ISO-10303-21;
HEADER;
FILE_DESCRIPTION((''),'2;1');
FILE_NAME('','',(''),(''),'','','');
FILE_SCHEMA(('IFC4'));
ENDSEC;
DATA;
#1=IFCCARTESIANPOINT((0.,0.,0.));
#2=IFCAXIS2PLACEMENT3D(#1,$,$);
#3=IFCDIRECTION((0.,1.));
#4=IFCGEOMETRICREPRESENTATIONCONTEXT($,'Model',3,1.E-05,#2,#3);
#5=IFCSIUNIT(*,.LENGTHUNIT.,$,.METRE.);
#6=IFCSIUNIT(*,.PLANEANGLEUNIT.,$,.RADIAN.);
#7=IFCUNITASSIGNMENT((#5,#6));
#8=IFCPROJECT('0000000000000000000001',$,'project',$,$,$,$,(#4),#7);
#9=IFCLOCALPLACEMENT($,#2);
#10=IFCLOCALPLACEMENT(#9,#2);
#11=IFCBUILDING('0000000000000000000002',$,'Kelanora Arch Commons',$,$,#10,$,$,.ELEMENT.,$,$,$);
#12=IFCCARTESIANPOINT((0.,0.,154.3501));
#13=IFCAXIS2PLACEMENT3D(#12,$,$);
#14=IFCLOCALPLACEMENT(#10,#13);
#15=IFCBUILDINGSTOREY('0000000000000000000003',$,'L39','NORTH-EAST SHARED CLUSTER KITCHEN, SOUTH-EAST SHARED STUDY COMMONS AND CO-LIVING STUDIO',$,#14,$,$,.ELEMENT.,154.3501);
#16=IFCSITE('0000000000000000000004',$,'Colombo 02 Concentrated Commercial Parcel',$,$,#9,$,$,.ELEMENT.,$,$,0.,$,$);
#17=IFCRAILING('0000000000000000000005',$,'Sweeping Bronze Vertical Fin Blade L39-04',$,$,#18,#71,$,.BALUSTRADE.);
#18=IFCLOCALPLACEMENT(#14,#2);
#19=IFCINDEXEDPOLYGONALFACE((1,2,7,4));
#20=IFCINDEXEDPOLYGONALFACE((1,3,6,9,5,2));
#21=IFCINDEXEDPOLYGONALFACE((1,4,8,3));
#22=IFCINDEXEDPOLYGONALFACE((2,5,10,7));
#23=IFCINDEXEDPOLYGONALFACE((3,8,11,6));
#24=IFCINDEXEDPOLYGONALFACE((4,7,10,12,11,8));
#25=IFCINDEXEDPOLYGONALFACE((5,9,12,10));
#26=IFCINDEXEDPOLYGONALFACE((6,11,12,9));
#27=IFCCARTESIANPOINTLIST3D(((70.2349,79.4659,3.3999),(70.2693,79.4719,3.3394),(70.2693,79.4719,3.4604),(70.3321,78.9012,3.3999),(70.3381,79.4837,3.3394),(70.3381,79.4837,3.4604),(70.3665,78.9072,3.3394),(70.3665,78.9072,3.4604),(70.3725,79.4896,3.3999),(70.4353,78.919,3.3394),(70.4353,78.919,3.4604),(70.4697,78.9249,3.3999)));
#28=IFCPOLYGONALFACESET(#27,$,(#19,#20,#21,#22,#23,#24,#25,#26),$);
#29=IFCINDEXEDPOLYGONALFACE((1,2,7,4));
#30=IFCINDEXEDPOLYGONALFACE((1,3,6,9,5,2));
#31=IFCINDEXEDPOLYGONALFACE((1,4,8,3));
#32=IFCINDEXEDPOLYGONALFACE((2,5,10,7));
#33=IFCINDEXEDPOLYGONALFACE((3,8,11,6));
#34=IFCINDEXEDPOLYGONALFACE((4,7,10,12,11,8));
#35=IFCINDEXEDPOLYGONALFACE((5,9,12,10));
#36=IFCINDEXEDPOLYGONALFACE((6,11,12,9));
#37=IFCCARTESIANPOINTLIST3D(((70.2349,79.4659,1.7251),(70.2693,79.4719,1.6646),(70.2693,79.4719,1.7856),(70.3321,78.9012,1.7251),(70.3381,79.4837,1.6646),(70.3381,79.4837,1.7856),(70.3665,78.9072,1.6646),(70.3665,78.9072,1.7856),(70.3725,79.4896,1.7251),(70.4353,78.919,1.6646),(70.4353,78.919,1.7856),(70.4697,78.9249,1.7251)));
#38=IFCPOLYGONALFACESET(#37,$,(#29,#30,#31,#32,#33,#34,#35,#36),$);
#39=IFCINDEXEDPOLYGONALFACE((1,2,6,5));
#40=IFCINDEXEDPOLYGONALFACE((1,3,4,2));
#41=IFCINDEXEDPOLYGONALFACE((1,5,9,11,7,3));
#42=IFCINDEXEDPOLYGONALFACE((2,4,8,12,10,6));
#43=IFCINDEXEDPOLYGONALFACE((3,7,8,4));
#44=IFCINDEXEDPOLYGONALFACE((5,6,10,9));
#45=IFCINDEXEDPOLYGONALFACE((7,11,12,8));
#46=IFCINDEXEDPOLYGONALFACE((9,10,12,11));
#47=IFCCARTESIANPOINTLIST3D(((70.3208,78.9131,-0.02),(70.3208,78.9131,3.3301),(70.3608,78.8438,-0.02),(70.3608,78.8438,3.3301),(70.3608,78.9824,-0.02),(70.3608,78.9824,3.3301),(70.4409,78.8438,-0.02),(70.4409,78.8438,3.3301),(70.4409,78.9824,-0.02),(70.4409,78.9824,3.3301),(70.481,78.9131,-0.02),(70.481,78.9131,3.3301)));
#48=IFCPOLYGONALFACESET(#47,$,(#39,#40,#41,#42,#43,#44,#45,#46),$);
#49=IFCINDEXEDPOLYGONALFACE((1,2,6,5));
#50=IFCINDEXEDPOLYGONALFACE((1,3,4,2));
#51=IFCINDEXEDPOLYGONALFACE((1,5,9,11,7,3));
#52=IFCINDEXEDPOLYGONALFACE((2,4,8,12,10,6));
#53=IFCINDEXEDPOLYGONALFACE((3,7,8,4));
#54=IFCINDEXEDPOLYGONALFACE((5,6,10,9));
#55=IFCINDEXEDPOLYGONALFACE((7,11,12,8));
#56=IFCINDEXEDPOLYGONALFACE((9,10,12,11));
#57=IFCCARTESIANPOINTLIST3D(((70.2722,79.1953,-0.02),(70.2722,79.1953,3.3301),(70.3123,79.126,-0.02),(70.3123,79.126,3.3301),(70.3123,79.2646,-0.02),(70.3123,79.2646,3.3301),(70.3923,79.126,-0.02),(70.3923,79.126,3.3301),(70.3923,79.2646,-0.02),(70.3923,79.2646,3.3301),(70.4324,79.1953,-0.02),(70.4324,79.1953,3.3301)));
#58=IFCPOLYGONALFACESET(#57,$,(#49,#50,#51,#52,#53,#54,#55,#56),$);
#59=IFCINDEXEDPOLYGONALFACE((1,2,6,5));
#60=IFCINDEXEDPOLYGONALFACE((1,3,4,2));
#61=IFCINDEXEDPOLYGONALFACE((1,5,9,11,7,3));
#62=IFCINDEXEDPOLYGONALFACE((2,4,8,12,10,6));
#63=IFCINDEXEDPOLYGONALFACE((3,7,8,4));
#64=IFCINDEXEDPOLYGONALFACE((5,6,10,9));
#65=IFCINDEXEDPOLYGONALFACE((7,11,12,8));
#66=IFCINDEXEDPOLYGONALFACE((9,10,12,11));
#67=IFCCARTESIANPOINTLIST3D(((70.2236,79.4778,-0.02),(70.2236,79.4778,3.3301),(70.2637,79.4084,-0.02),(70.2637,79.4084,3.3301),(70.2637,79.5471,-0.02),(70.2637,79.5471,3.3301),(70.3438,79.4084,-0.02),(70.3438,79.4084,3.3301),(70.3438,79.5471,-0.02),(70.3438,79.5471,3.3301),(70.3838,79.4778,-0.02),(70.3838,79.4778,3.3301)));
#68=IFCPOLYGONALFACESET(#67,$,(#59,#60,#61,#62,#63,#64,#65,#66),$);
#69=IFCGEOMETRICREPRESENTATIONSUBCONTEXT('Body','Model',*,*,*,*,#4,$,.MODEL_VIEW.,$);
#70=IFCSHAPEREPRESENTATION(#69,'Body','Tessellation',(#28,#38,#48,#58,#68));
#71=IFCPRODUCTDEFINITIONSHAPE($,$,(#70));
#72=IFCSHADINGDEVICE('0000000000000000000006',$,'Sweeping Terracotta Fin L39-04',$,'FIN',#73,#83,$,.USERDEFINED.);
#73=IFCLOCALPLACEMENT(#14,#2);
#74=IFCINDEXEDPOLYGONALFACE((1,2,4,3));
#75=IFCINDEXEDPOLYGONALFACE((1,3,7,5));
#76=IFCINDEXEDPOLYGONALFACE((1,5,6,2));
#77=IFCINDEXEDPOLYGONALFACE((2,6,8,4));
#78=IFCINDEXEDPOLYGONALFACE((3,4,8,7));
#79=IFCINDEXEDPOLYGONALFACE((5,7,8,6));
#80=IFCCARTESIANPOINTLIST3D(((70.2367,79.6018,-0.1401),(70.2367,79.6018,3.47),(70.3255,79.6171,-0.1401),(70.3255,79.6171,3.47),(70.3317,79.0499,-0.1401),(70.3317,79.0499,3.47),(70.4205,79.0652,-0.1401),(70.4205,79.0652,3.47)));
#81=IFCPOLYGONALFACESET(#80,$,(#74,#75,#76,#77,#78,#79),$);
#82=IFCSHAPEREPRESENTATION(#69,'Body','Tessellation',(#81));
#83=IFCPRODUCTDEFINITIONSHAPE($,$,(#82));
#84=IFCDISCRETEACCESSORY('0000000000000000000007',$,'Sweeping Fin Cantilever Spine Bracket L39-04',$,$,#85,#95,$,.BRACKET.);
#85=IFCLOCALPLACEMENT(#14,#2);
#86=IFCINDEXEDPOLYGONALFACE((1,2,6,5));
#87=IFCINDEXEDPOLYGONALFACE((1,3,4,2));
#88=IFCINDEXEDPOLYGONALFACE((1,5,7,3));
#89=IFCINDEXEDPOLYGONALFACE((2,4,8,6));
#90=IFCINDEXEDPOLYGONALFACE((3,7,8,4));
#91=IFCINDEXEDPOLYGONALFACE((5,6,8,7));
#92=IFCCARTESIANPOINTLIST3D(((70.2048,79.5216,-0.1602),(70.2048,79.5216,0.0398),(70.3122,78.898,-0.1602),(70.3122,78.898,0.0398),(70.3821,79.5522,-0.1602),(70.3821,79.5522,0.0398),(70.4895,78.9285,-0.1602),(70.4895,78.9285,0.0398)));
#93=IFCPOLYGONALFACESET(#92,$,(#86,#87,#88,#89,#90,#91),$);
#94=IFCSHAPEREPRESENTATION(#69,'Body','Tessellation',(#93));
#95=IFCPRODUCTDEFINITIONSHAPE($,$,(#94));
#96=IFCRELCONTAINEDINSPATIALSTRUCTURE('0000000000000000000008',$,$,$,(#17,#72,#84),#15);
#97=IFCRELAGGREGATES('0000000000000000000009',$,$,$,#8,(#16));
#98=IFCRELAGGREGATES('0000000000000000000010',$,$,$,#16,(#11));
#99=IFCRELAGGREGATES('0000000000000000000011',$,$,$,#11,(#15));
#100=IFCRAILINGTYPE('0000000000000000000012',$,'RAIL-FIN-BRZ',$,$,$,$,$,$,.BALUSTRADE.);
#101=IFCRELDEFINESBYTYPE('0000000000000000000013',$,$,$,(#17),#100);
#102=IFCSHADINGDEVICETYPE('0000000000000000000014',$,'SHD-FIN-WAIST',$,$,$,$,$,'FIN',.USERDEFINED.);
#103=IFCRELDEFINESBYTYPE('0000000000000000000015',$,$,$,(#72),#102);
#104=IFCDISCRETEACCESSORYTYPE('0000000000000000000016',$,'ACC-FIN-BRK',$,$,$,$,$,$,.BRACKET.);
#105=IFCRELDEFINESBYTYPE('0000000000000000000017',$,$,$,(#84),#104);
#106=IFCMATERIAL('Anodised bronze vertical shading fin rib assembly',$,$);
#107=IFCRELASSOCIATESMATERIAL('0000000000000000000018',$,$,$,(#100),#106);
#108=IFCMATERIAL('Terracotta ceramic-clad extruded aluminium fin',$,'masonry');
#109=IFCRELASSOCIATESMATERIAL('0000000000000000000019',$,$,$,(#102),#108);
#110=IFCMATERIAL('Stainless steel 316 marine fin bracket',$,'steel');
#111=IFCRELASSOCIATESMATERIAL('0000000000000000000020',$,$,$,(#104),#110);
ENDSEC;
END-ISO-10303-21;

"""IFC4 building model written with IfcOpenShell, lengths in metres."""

from ifc_helpers import new_model, si_unit, direction, frame, origin, origin_2d, place, context, subcontext, project, spatial, polyline, rectangle, outline, extrude, source, transform, mapped, material, type_object, element, save


model = new_model("IFC4")

# Units and contexts
model_context = context("Model", 3, precision=1e-05, world=origin(), true_north=direction((0.0, 1.0)))
body_context = subcontext(model_context, "Body", "Model", "MODEL_VIEW")
ifc_project = project(units=[si_unit("LENGTHUNIT", "METRE"), si_unit("PLANEANGLEUNIT", "RADIAN")], contexts=[model_context])

# Site, building, storey
site_placement = place(None, origin())
site = spatial("IfcSite", under=ifc_project, at=site_placement, Name="Colombo 02 Concentrated Commercial Parcel", CompositionType="ELEMENT", RefElevation=0.0)
building_placement = place(site_placement, origin())
building = spatial("IfcBuilding", under=site, at=building_placement, Name="Kelanora Arch Commons", CompositionType="ELEMENT")
storey_placement = place(building_placement, frame((0.0, 0.0, 154.3501)))
storey = spatial("IfcBuildingStorey", under=building, at=storey_placement, Name="L39", Description="NORTH-EAST SHARED CLUSTER KITCHEN, SOUTH-EAST SHARED STUDY COMMONS AND CO-LIVING STUDIO", CompositionType="ELEMENT", Elevation=154.3501)

# Railing
ifc_material_1 = material(Name="Anodised bronze vertical shading fin rib assembly")
railing_type = type_object("IfcRailingType", Name="RAIL-FIN-BRZ", PredefinedType="BALUSTRADE", material=ifc_material_1)
railing_placement = place(storey_placement, frame((70.4009, 78.9131, -0.02)))
element("IfcRailing", 1, at=railing_placement, inside=storey, type_object=railing_type, Name="Sweeping Bronze Vertical Fin Blade L39-04", PredefinedType="BALUSTRADE", context=body_context, shape_type="SweptSolid", body=[
    extrude(outline(polyline([(0.0698, 0.0), (0.0349, 0.0605), (-0.0349, 0.0605), (-0.0698, 0.0), (-0.0349, -0.0605), (0.0349, -0.0605), (0.0698, 0.0)])), frame((0.0, 0.0, 3.4199), z_axis=(-0.169579, 0.985517, 0.0), x_axis=(-0.985517, -0.169579, 0.0)), (0.0, 0.0, 1.0), 0.573),
    extrude(outline(polyline([(0.0698, 0.0), (0.0349, 0.0605), (-0.0349, 0.0605), (-0.0698, 0.0), (-0.0349, -0.0605), (0.0349, -0.0605), (0.0698, 0.0)])), frame((0.0, 0.0, 1.7451), z_axis=(-0.169579, 0.985517, 0.0), x_axis=(-0.985517, -0.169579, 0.0)), (0.0, 0.0, 1.0), 0.573),
    extrude(outline(polyline([(0.0801, 0.0), (0.04, 0.0693), (-0.04, 0.0693), (-0.0801, 0.0), (-0.04, -0.0693), (0.04, -0.0693), (0.0801, 0.0)])), origin(), (0.0, 0.0, 1.0), 3.3501),
    extrude(outline(polyline([(0.0801, 0.0), (0.04, 0.0693), (-0.04, 0.0693), (-0.0801, 0.0), (-0.04, -0.0693), (0.04, -0.0693), (0.0801, 0.0)])), frame((-0.0486, 0.2822, 0.0)), (0.0, 0.0, 1.0), 3.3501),
    extrude(outline(polyline([(0.0801, 0.0), (0.04, 0.0693), (-0.04, 0.0693), (-0.0801, 0.0), (-0.04, -0.0693), (0.04, -0.0693), (0.0801, 0.0)])), frame((-0.0972, 0.5647, 0.0)), (0.0, 0.0, 1.0), 3.3501),
])

# Shading device
ifc_material_2 = material(Name="Terracotta ceramic-clad extruded aluminium fin", Category="masonry")
shading_device_type = type_object("IfcShadingDeviceType", Name="SHD-FIN-WAIST", ElementType="FIN", PredefinedType="USERDEFINED", material=ifc_material_2)
shared_shape_1 = source(origin(), body_context, "Body", "SweptSolid", [
    extrude(rectangle(XDim=0.5601, YDim=0.0901, at=origin_2d()), origin(), (0.0, 0.0, 1.0), 3.6101),
])
shading_device_placement = place(storey_placement, frame((70.3286, 79.3335, -0.1401), z_axis=(0.0, 0.0, 1.0), x_axis=(-0.169694, 0.985497, 0.0)))
element("IfcShadingDevice", 2, at=shading_device_placement, inside=storey, type_object=shading_device_type, Name="Sweeping Terracotta Fin L39-04", ObjectType="FIN", PredefinedType="USERDEFINED", context=body_context, shape_type="MappedRepresentation", body=[
    mapped(shared_shape_1, transform((0.0, 0.0, 0.0), scale=1.0)),
])

# Discrete accessory
ifc_material_3 = material(Name="Stainless steel 316 marine fin bracket", Category="steel")
discrete_accessory_type = type_object("IfcDiscreteAccessoryType", Name="ACC-FIN-BRK", PredefinedType="BRACKET", material=ifc_material_3)
shared_shape_2 = source(origin(), body_context, "Body", "SweptSolid", [
    extrude(rectangle(XDim=0.6328, YDim=0.1799, at=origin_2d()), origin(), (0.0, 0.0, 1.0), 0.2),
])
discrete_accessory_placement = place(storey_placement, frame((70.3472, 79.2251, -0.1602), z_axis=(0.0, 0.0, 1.0), x_axis=(-0.169694, 0.985497, 0.0)))
element("IfcDiscreteAccessory", 3, at=discrete_accessory_placement, inside=storey, type_object=discrete_accessory_type, Name="Sweeping Fin Cantilever Spine Bracket L39-04", PredefinedType="BRACKET", context=body_context, shape_type="MappedRepresentation", body=[
    mapped(shared_shape_2, transform((0.0, 0.0, 0.0), scale=1.0)),
])

save(model, "model.ifc")
